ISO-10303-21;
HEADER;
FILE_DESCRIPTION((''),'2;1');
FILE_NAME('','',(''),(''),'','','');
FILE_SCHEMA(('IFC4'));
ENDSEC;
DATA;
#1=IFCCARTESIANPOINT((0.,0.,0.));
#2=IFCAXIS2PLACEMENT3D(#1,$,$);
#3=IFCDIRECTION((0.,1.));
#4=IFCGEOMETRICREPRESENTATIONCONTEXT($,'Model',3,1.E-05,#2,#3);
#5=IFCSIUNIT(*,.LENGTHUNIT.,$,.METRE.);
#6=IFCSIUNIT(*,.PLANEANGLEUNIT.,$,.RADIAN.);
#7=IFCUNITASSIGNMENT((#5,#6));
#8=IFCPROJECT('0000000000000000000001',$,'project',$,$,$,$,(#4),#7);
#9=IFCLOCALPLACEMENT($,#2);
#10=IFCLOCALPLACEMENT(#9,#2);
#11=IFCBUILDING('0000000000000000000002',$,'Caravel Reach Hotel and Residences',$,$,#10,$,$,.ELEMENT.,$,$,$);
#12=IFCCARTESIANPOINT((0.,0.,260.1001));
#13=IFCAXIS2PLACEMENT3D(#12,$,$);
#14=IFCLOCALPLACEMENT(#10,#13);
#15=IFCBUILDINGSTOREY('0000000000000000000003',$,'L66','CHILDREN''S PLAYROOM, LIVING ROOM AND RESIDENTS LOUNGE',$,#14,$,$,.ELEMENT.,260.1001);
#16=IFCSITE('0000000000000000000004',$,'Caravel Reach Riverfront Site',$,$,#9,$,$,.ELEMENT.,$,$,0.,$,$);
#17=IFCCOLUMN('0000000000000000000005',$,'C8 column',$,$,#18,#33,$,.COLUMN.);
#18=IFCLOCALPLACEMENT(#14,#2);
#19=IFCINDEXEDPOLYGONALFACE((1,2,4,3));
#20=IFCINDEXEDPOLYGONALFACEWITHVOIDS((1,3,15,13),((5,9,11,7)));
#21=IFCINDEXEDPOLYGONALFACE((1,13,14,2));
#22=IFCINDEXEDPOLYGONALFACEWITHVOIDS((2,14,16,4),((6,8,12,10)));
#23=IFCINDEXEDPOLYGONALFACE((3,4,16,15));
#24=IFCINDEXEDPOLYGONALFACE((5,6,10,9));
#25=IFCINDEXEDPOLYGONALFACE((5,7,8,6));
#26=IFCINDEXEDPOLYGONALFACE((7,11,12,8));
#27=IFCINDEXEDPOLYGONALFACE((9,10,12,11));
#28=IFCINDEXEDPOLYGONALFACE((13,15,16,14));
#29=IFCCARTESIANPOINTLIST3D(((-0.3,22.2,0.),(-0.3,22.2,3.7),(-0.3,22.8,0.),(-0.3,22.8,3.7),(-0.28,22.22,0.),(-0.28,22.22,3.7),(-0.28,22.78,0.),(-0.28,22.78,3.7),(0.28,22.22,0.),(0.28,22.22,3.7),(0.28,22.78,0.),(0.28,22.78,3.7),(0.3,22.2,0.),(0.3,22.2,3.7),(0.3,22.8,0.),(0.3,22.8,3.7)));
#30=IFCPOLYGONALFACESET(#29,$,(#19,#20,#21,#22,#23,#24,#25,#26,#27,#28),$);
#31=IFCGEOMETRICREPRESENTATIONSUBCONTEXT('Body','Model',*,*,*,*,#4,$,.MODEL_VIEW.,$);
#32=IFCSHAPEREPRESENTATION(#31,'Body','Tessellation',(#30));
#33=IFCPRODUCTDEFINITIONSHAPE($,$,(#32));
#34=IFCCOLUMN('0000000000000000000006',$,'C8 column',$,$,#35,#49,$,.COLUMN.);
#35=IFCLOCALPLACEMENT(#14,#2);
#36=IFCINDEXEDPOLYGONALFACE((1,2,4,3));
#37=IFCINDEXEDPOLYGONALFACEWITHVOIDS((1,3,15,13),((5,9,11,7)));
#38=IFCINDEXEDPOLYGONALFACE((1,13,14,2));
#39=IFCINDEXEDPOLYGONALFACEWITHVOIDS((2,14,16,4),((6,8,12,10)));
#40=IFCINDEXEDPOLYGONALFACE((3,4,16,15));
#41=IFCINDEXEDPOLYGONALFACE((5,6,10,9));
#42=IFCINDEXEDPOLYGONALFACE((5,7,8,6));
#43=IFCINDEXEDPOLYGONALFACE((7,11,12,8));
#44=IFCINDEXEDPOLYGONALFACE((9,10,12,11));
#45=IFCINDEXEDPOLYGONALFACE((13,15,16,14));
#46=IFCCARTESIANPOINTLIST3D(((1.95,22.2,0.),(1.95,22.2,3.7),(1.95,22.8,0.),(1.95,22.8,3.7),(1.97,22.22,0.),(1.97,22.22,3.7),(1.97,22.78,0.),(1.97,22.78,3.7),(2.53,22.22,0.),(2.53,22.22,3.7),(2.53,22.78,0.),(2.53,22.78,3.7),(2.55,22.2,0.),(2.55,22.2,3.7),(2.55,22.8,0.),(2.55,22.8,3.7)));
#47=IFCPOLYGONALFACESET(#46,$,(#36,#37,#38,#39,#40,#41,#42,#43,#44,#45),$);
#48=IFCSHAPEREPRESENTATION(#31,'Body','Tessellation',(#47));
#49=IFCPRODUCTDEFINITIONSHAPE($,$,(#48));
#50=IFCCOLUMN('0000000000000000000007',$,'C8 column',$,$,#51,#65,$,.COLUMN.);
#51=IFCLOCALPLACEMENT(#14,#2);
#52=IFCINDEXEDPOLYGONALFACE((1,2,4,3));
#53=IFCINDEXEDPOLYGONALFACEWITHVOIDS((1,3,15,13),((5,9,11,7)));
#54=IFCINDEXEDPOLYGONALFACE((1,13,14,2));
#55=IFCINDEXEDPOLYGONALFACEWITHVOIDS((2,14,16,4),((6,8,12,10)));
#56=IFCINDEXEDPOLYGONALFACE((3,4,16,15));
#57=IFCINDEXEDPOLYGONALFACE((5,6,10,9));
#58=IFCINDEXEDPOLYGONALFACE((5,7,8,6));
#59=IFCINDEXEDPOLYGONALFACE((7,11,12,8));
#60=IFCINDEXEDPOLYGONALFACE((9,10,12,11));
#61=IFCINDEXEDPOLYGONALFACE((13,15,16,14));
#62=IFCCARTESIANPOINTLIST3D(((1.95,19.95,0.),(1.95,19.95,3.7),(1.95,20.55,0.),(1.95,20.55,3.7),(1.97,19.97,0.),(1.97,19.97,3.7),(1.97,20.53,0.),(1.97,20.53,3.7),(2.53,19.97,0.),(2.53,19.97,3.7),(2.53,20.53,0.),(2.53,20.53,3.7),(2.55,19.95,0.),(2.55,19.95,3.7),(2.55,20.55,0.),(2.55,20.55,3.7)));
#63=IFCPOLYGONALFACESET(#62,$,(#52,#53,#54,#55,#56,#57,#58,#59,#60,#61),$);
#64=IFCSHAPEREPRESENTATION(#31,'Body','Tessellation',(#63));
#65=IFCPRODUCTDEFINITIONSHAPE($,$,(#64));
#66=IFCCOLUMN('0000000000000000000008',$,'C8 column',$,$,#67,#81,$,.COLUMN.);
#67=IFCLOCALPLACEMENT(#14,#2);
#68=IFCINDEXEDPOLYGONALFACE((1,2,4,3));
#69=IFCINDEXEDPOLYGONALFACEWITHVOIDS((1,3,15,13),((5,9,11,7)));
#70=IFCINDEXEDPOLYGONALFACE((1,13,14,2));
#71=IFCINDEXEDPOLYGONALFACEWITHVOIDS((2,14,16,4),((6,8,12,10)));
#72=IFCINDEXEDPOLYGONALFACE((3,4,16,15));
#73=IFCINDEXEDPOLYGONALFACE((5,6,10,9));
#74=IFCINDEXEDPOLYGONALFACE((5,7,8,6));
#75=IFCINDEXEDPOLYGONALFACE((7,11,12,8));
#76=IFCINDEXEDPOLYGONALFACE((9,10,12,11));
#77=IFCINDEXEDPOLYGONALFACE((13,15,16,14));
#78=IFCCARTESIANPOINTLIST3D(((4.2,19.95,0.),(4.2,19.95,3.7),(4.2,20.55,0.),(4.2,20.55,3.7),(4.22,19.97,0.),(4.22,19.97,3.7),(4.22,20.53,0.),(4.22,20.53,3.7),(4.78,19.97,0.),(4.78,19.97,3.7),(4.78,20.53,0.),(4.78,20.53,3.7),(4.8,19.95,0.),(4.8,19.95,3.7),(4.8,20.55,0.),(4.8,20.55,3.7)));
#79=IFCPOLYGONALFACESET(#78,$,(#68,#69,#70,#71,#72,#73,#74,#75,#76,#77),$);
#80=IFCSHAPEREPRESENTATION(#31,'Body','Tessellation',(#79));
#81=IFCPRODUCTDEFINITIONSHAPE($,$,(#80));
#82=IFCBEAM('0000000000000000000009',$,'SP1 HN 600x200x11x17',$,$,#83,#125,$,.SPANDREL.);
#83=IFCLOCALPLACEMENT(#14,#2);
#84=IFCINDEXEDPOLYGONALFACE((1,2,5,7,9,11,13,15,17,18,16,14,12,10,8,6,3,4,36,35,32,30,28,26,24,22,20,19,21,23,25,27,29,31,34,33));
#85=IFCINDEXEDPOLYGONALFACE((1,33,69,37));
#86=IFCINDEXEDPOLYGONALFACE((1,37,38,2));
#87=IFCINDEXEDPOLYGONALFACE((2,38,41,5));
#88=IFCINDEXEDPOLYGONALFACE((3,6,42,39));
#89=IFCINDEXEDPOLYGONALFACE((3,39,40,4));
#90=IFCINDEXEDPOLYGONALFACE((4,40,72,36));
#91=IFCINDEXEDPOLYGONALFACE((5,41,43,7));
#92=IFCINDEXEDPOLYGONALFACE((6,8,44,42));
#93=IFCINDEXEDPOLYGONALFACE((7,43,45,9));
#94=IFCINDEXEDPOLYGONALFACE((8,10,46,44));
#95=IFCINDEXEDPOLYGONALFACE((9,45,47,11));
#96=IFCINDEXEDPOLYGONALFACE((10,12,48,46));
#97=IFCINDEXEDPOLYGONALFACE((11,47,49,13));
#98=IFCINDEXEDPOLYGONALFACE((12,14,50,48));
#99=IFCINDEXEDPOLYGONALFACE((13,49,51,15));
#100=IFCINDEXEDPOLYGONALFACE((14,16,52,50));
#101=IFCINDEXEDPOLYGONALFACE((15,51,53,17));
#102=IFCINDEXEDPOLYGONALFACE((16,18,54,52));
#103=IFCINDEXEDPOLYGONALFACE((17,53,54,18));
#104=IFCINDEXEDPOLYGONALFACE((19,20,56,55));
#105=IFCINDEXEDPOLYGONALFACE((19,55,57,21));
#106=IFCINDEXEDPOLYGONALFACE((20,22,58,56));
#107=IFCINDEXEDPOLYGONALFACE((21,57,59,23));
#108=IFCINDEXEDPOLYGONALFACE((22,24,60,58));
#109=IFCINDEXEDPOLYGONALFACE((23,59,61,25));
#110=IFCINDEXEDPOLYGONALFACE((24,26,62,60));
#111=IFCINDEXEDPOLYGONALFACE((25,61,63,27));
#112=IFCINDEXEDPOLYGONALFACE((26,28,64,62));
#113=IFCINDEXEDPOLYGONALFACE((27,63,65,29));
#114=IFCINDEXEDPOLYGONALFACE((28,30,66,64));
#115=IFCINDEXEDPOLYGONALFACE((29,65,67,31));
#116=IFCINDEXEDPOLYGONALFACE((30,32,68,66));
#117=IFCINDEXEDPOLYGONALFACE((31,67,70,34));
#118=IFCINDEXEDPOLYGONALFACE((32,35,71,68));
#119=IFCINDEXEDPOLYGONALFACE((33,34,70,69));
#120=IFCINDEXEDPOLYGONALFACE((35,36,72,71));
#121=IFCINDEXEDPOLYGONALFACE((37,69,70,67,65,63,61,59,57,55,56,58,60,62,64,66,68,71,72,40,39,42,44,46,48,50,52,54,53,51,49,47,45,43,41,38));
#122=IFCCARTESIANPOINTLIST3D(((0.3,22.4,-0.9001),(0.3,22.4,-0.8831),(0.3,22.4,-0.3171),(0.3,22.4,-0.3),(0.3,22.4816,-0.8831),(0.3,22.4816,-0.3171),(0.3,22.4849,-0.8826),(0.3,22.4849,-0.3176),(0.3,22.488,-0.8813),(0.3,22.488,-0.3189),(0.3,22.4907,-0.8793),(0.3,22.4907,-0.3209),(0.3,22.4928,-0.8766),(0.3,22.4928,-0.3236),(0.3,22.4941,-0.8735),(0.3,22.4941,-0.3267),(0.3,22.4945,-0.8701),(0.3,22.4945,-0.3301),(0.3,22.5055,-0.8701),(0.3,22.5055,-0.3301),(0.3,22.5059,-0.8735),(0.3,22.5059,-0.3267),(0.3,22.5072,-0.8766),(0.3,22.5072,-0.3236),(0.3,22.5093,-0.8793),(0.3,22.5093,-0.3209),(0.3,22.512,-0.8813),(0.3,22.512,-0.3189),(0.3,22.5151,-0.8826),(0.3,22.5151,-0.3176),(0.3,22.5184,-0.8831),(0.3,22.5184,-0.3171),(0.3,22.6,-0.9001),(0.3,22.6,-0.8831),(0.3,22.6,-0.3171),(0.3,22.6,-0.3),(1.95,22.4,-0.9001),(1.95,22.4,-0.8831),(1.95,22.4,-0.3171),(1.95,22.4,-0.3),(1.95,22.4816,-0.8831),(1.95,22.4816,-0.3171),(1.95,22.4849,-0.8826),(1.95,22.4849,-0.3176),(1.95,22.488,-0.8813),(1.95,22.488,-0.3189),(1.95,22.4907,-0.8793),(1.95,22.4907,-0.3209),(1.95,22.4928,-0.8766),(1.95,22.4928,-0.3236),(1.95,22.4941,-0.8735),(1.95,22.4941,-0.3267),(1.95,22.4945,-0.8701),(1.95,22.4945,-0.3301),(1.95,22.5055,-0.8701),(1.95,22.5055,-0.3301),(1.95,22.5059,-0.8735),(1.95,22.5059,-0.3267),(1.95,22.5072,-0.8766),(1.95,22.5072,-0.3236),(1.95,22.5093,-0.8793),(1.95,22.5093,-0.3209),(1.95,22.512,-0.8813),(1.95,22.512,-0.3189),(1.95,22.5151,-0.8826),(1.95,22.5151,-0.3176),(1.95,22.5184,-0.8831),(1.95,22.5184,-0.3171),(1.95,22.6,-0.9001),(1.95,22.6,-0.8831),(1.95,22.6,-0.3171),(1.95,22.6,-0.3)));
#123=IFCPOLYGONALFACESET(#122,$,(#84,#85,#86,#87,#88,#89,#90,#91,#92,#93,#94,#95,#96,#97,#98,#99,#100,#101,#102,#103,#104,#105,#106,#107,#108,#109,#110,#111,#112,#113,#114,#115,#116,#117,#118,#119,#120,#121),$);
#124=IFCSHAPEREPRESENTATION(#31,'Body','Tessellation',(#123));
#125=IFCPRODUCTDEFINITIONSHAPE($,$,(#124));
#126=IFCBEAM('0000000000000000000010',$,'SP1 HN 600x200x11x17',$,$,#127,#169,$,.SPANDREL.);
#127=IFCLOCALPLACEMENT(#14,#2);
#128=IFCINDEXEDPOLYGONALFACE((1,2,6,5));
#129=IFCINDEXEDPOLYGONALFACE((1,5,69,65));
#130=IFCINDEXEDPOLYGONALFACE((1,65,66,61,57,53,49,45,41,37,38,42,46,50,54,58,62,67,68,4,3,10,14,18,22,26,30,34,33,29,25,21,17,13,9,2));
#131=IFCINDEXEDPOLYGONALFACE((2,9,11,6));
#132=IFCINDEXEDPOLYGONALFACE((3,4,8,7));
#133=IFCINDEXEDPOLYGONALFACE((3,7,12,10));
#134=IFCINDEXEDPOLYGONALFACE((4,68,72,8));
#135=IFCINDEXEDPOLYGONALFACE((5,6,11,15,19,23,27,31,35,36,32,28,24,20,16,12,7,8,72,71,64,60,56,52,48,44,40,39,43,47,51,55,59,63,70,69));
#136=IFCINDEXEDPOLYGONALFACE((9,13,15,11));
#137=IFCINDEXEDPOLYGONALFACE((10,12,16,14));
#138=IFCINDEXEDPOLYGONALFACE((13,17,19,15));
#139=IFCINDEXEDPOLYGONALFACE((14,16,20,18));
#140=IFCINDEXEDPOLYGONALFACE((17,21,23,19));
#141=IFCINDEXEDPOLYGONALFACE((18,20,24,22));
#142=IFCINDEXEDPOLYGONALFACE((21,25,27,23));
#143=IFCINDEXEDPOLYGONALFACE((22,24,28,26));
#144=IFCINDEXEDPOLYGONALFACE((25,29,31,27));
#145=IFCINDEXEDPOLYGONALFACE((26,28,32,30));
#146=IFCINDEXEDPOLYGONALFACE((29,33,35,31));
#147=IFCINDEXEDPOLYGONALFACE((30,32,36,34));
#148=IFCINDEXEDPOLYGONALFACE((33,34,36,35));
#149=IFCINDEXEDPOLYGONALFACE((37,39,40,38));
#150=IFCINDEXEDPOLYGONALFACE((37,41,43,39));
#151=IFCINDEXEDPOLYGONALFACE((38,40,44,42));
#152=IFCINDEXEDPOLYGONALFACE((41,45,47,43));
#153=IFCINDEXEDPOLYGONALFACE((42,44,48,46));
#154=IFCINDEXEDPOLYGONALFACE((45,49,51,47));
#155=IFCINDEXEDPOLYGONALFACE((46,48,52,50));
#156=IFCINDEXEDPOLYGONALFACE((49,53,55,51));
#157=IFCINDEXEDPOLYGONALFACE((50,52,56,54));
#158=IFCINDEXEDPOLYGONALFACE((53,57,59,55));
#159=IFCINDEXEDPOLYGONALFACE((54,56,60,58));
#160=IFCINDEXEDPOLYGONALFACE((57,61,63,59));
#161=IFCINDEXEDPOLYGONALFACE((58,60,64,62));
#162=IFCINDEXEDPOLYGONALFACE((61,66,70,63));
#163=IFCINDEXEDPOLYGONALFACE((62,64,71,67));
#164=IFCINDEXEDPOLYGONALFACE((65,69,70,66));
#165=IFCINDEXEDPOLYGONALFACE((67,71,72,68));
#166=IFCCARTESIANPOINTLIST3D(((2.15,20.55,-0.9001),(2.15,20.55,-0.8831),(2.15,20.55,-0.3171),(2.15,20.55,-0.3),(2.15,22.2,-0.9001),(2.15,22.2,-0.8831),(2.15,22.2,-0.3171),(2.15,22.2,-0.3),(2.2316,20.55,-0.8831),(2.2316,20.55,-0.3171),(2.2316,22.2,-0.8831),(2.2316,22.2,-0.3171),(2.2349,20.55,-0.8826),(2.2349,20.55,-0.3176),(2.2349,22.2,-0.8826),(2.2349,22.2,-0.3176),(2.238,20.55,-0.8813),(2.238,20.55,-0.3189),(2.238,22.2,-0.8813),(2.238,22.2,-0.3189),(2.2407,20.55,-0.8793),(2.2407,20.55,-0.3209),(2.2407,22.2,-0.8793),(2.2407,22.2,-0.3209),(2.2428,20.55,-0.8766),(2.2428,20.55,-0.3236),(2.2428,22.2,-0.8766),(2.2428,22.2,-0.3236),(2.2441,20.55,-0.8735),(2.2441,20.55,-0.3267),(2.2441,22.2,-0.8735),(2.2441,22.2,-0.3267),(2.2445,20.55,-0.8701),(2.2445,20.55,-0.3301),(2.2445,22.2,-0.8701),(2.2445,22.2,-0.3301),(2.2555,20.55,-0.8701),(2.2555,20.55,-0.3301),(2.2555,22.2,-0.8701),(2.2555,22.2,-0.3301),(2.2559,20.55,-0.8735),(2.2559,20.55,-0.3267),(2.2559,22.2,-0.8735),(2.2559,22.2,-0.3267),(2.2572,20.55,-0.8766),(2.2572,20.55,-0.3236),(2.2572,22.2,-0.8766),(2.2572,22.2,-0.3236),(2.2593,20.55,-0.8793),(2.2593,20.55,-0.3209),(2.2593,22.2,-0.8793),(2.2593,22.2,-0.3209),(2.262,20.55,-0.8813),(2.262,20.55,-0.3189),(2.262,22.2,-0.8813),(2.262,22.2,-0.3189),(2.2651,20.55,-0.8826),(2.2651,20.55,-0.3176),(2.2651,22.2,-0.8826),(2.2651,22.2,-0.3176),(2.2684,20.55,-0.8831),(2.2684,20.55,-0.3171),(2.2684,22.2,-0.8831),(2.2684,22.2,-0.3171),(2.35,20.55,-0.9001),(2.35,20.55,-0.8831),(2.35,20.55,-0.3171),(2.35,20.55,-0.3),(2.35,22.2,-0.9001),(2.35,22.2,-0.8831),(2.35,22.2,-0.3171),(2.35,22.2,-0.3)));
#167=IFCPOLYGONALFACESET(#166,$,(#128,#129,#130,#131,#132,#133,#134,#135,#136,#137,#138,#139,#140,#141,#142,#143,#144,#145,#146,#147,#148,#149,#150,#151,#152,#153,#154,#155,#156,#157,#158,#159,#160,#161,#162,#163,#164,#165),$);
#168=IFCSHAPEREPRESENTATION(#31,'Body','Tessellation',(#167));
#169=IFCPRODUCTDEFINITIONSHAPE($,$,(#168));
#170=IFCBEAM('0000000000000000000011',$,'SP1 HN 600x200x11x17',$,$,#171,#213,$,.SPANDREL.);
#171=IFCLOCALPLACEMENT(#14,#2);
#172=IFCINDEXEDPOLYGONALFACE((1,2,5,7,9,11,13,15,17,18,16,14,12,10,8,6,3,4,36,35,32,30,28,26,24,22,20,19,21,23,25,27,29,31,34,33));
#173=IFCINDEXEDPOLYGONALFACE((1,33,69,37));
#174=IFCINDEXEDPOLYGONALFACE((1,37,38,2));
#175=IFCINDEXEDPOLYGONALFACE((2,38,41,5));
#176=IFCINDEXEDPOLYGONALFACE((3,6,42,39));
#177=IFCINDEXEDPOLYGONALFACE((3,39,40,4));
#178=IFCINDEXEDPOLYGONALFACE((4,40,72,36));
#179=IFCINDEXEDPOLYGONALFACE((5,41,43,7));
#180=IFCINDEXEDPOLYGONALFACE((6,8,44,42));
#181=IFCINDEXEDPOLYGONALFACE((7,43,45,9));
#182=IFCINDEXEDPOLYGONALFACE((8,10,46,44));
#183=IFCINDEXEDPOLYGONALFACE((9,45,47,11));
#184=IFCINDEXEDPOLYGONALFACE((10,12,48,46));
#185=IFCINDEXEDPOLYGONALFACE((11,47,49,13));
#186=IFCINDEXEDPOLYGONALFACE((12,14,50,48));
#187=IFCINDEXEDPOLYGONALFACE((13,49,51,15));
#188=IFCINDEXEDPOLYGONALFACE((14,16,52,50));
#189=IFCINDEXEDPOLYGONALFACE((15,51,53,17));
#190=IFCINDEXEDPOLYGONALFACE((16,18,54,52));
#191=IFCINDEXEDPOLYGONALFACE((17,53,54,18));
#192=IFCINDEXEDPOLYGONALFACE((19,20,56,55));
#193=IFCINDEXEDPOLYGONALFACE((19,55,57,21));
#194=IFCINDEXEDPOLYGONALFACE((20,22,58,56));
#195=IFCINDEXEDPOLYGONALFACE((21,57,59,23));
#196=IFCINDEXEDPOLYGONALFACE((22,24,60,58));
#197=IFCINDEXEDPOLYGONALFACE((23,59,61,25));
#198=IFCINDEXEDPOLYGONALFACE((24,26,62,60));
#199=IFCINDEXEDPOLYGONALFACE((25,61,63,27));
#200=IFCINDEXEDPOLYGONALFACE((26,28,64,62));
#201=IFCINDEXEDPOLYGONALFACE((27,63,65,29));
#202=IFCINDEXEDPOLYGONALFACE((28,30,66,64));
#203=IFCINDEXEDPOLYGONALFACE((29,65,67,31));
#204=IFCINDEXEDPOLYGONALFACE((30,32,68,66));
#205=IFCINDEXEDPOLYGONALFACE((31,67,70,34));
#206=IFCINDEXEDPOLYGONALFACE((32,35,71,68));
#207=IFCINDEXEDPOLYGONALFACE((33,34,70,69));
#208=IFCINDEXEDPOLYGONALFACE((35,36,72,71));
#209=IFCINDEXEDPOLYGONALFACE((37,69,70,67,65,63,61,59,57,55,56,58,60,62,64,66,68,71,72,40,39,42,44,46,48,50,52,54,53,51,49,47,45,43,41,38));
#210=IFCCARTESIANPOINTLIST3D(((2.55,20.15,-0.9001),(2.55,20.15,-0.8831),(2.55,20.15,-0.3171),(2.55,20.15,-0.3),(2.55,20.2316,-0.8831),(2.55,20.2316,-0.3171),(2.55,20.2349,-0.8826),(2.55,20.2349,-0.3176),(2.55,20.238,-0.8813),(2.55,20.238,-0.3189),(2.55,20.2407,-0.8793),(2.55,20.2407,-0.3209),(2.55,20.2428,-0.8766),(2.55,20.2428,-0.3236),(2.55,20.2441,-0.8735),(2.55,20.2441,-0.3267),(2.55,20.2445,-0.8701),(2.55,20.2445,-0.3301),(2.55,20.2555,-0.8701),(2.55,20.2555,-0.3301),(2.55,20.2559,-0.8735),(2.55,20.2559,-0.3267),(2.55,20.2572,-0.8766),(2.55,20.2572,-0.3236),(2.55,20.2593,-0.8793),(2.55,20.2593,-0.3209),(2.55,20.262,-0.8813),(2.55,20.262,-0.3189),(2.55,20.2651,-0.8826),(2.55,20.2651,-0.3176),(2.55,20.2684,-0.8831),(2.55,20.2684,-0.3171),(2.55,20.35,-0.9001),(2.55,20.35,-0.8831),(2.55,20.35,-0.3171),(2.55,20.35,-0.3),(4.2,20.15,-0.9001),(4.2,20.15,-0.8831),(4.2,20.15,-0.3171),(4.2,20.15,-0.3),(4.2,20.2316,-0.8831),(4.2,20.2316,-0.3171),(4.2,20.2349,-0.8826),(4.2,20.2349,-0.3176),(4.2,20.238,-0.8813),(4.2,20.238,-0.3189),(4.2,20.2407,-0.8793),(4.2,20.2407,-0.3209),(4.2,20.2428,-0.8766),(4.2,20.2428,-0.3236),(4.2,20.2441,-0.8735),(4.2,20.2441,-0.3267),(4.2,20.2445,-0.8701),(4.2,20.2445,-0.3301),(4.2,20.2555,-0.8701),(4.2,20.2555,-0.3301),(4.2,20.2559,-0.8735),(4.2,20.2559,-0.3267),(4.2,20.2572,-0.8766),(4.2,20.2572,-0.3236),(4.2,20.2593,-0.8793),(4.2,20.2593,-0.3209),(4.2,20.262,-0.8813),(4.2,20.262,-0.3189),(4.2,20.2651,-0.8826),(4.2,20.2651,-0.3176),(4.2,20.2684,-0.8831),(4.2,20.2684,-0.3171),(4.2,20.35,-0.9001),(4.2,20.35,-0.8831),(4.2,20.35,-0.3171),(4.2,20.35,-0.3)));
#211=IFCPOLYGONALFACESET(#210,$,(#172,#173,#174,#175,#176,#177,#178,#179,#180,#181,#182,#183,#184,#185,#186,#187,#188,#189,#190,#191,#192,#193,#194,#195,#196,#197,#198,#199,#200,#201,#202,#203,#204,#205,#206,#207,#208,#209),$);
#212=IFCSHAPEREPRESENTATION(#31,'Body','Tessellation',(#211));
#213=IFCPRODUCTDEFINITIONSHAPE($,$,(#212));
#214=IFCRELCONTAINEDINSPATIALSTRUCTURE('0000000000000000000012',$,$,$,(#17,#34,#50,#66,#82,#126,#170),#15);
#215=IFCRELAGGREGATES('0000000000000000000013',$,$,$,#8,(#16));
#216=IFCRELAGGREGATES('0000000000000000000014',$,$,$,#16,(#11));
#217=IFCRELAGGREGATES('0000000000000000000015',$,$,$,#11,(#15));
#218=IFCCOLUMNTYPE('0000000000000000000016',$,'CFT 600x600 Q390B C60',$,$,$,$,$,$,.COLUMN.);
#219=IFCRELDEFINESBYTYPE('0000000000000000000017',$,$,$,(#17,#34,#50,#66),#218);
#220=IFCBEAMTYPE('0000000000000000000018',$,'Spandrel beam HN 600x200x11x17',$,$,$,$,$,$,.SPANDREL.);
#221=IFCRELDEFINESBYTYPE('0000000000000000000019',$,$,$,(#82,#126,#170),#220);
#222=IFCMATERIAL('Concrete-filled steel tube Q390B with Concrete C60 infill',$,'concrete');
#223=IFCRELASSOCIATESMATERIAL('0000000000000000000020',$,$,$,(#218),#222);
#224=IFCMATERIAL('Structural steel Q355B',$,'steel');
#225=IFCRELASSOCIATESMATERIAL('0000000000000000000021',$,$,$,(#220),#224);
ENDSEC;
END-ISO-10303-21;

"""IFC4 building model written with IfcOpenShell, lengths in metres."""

from ifc_helpers import new_model, si_unit, direction, frame, origin, origin_2d, place, context, subcontext, project, spatial, hollow_rectangle, i_section, extrude, material, material_profile, profile_set, type_object, element, save


model = new_model("IFC4")

# Units and contexts
model_context = context("Model", 3, precision=1e-05, world=origin(), true_north=direction((0.0, 1.0)))
body_context = subcontext(model_context, "Body", "Model", "MODEL_VIEW")
ifc_project = project(units=[si_unit("LENGTHUNIT", "METRE"), si_unit("PLANEANGLEUNIT", "RADIAN")], contexts=[model_context])

# Site, building, storey
site_placement = place(None, origin())
site = spatial("IfcSite", under=ifc_project, at=site_placement, Name="Caravel Reach Riverfront Site", CompositionType="ELEMENT", RefElevation=0.0)
building_placement = place(site_placement, origin())
building = spatial("IfcBuilding", under=site, at=building_placement, Name="Caravel Reach Hotel and Residences", CompositionType="ELEMENT")
storey_placement = place(building_placement, frame((0.0, 0.0, 260.1001)))
storey = spatial("IfcBuildingStorey", under=building, at=storey_placement, Name="L66", Description="CHILDREN'S PLAYROOM, LIVING ROOM AND RESIDENTS LOUNGE", CompositionType="ELEMENT", Elevation=260.1001)

# Columns
ifc_material_1 = material(Name="Concrete-filled steel tube Q390B with Concrete C60 infill", Category="concrete")
ifc_material_profile_1 = material_profile(ifc_material_1, hollow_rectangle(XDim=0.6001, YDim=0.6001, WallThickness=0.02, at=origin_2d()), Name="RHS 600x600x20")
ifc_profile_set_1 = profile_set([ifc_material_profile_1], Name="Concrete-filled steel tube Q390B with Concrete C60 infill")
column_type = type_object("IfcColumnType", Name="CFT 600x600 Q390B C60", PredefinedType="COLUMN", material=ifc_profile_set_1)
for number, where, z_axis, x_axis, name in (
    (1, (0.0, 22.5, 0.0), (0.0, 0.0, 1.0), (1.0, 0.0, 0.0), "C8 column"),
    (2, (2.25, 22.5, 0.0), (0.0, 0.0, 1.0), (1.0, 0.0, 0.0), "C8 column"),
    (3, (2.25, 20.25, 0.0), (0.0, 0.0, 1.0), (1.0, 0.0, 0.0), "C8 column"),
    (4, (4.5, 20.25, 0.0), (0.0, 0.0, 1.0), (1.0, 0.0, 0.0), "C8 column"),
):
    element("IfcColumn", number, at=place(storey_placement, frame(where, z_axis=z_axis, x_axis=x_axis)), inside=storey, type_object=column_type, Name=name, PredefinedType="COLUMN", context=body_context, shape_type="SweptSolid", body=[
        extrude(hollow_rectangle(XDim=0.6001, YDim=0.6001, WallThickness=0.02, at=origin_2d()), origin(), (0.0, 0.0, 1.0), 3.7),
    ])

# Beams
ifc_material_2 = material(Name="Structural steel Q355B", Category="steel")
ifc_material_profile_2 = material_profile(ifc_material_2, i_section(OverallWidth=0.2, OverallDepth=0.6001, WebThickness=0.011, FlangeThickness=0.0171, FilletRadius=0.0129, at=origin_2d()), Name="HN 600x200x11x17")
ifc_profile_set_2 = profile_set([ifc_material_profile_2], Name="Structural steel Q355B")
beam_type = type_object("IfcBeamType", Name="Spandrel beam HN 600x200x11x17", PredefinedType="SPANDREL", material=ifc_profile_set_2)
for number, where, z_axis, x_axis, name in (
    (5, (0.3, 22.5, -0.6001), (1.0, 0.0, 0.0), (0.0, 1.0, 0.0), "SP1 HN 600x200x11x17"),
    (6, (2.25, 22.2, -0.6001), (0.0, -1.0, 0.0), (1.0, 0.0, 0.0), "SP1 HN 600x200x11x17"),
    (7, (2.55, 20.25, -0.6001), (1.0, 0.0, 0.0), (0.0, 1.0, 0.0), "SP1 HN 600x200x11x17"),
):
    element("IfcBeam", number, at=place(storey_placement, frame(where, z_axis=z_axis, x_axis=x_axis)), inside=storey, type_object=beam_type, Name=name, PredefinedType="SPANDREL", context=body_context, shape_type="SweptSolid", body=[
        extrude(i_section(OverallWidth=0.2, OverallDepth=0.6001, WebThickness=0.011, FlangeThickness=0.0171, FilletRadius=0.0129, at=origin_2d()), origin(), (0.0, 0.0, 1.0), 1.6499),
    ])

save(model, "model.ifc")
